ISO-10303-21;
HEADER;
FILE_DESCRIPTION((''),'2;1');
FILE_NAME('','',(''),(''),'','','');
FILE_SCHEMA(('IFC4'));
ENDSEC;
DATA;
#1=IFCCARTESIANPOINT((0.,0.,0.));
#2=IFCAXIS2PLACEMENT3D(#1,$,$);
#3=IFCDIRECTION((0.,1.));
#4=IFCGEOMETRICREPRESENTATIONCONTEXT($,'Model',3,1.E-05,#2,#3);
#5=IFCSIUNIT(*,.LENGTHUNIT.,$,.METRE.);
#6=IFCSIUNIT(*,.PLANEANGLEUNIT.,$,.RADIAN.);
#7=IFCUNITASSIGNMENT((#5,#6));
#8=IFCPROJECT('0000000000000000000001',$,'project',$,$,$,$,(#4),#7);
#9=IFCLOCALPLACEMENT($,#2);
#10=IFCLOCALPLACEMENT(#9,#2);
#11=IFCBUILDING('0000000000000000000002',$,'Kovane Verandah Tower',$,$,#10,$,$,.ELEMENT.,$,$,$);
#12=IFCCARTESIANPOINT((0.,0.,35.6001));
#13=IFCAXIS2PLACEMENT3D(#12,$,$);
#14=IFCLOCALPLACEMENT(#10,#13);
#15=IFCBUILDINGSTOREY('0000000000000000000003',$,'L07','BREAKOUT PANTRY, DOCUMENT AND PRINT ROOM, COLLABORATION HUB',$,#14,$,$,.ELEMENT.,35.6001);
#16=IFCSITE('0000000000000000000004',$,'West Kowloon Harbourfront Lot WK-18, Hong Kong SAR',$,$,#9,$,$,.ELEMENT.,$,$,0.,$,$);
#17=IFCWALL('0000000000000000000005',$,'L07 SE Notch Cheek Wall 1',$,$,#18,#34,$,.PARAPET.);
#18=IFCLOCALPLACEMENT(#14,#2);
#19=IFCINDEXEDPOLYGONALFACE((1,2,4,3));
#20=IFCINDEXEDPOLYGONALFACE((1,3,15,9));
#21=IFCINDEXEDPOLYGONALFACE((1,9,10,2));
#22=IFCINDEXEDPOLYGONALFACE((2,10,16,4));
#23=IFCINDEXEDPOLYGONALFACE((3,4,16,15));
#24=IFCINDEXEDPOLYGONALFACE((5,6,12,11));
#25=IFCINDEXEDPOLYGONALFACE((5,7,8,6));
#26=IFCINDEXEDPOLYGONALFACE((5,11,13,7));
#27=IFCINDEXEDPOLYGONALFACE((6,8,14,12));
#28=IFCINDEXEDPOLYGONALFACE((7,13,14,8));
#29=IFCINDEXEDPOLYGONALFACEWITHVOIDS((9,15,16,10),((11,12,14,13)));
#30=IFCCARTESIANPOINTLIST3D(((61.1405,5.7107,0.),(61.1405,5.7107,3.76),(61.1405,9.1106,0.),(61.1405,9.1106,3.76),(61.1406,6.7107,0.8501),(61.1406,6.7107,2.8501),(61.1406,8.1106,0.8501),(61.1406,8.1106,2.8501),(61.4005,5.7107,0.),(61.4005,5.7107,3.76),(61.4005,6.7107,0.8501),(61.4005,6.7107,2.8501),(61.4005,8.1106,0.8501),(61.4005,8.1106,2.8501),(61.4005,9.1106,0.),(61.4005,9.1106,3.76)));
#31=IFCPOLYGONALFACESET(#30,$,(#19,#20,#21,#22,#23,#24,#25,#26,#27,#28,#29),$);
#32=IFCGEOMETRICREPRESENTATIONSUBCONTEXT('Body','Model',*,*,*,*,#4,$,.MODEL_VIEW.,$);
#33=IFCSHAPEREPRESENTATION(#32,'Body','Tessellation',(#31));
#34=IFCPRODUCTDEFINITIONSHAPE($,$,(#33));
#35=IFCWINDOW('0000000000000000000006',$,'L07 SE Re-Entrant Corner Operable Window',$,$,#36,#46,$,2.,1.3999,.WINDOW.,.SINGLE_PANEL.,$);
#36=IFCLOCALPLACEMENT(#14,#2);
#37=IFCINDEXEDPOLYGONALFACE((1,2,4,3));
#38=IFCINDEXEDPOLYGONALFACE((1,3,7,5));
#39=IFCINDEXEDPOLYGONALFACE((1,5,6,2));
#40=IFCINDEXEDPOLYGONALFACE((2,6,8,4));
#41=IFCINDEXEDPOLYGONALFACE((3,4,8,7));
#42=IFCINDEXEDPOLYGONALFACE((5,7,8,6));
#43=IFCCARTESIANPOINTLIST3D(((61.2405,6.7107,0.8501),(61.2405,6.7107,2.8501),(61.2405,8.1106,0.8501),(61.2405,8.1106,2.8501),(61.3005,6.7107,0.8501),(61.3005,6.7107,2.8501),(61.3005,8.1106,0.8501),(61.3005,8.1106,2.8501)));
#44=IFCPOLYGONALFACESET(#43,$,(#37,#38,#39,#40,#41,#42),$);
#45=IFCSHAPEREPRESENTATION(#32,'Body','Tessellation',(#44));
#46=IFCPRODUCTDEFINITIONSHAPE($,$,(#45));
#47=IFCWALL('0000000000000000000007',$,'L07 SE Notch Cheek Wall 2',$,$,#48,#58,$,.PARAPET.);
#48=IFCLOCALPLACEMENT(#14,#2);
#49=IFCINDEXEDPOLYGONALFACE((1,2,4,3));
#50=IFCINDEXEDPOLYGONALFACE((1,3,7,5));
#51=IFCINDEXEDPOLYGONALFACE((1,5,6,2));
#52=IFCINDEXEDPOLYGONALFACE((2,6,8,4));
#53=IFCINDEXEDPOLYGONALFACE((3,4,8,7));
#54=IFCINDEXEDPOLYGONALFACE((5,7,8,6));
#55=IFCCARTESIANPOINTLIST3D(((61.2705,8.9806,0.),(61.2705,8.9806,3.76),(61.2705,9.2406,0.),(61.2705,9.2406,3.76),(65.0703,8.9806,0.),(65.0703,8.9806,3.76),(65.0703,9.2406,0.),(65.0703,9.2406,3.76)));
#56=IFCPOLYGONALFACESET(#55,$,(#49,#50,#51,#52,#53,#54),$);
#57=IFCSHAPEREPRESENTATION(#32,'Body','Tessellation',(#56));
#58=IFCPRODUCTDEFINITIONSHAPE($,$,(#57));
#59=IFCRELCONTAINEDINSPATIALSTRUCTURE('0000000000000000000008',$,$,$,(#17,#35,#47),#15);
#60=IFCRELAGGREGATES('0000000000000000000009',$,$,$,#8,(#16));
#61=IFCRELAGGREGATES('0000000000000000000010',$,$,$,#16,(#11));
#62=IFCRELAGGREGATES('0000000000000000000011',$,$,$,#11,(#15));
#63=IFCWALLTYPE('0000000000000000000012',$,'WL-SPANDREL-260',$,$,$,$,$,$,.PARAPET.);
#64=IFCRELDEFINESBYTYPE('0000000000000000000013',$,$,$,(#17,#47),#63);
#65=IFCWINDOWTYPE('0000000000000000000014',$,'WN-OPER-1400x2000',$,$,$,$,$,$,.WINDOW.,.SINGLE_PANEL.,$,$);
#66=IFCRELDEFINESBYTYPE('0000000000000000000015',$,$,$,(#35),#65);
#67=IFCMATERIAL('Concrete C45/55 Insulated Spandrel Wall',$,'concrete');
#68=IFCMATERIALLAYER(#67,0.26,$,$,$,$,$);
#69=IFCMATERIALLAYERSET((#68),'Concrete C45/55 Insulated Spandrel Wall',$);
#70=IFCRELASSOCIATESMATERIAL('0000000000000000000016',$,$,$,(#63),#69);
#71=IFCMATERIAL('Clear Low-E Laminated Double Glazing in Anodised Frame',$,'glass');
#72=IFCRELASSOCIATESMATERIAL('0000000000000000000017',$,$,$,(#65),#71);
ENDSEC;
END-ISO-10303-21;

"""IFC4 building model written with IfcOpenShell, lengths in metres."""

from ifc_helpers import new_model, si_unit, direction, frame, frame_2d, origin, place, context, subcontext, project, spatial, rectangle, extrude, material, layer, layer_set, type_object, element, fill, save


model = new_model("IFC4")

# Units and contexts
model_context = context("Model", 3, precision=1e-05, world=origin(), true_north=direction((0.0, 1.0)))
body_context = subcontext(model_context, "Body", "Model", "MODEL_VIEW")
ifc_project = project(units=[si_unit("LENGTHUNIT", "METRE"), si_unit("PLANEANGLEUNIT", "RADIAN")], contexts=[model_context])

# Site, building, storey
site_placement = place(None, origin())
site = spatial("IfcSite", under=ifc_project, at=site_placement, Name="West Kowloon Harbourfront Lot WK-18, Hong Kong SAR", CompositionType="ELEMENT", RefElevation=0.0)
building_placement = place(site_placement, origin())
building = spatial("IfcBuilding", under=site, at=building_placement, Name="Kovane Verandah Tower", CompositionType="ELEMENT")
storey_placement = place(building_placement, frame((0.0, 0.0, 35.6001)))
storey = spatial("IfcBuildingStorey", under=building, at=storey_placement, Name="L07", Description="BREAKOUT PANTRY, DOCUMENT AND PRINT ROOM, COLLABORATION HUB", CompositionType="ELEMENT", Elevation=35.6001)

# Shared definitions
ifc_material_1 = material(Name="Concrete C45/55 Insulated Spandrel Wall", Category="concrete")
ifc_layer_1 = layer(ifc_material_1, 0.26)
ifc_layer_set_1 = layer_set([ifc_layer_1], Name="Concrete C45/55 Insulated Spandrel Wall")
wall_type_1 = type_object("IfcWallType", Name="WL-SPANDREL-260", PredefinedType="PARAPET", material=ifc_layer_set_1)
ifc_material_2 = material(Name="Clear Low-E Laminated Double Glazing in Anodised Frame", Category="glass")

# Wall, opening, window
wall_1_placement = place(storey_placement, frame((61.2705, 5.7107, 0.0), z_axis=(0.0, 0.0, 1.0), x_axis=(0.0, 1.0, 0.0)))
wall_1 = element("IfcWall", 1, at=wall_1_placement, inside=storey, type_object=wall_type_1, Name="L07 SE Notch Cheek Wall 1", PredefinedType="PARAPET", context=body_context, shape_type="SweptSolid", body=[
    extrude(rectangle(XDim=3.3999, YDim=0.26, at=frame_2d((1.7, 0.0))), origin(), (0.0, 0.0, 1.0), 3.76),
])
opening_1_placement = place(wall_1_placement, frame((1.0, 0.0, 0.8501)))
opening_1 = element("IfcOpeningElement", 2, at=opening_1_placement, cuts=wall_1, PredefinedType="OPENING", context=body_context, shape_type="SweptSolid", body=[
    extrude(rectangle(XDim=1.3999, YDim=2.0, at=frame_2d((0.7, 1.0))), frame((0.0, 0.1299, 0.0), z_axis=(0.0, -1.0, 0.0), x_axis=(1.0, 0.0, 0.0)), (0.0, 0.0, 1.0), 0.26),
])
window_type_1 = type_object("IfcWindowType", Name="WN-OPER-1400x2000", PartitioningType="SINGLE_PANEL", PredefinedType="WINDOW", material=ifc_material_2)
window_1_placement = place(opening_1_placement, origin())
window_1 = element("IfcWindow", 3, at=window_1_placement, inside=storey, type_object=window_type_1, Name="L07 SE Re-Entrant Corner Operable Window", OverallHeight=2.0, OverallWidth=1.3999, PartitioningType="SINGLE_PANEL", PredefinedType="WINDOW", context=body_context, shape_type="SweptSolid", body=[
    extrude(rectangle(XDim=1.3999, YDim=2.0, at=frame_2d((0.7, 1.0))), frame((0.0, 0.03, 0.0), z_axis=(0.0, -1.0, 0.0), x_axis=(1.0, 0.0, 0.0)), (0.0, 0.0, 1.0), 0.0601),
])
fill(opening_1, window_1)

# Wall
wall_2_placement = place(storey_placement, frame((61.2705, 9.1106, 0.0), z_axis=(0.0, 0.0, 1.0), x_axis=(1.0, 0.0, 0.0)))
element("IfcWall", 4, at=wall_2_placement, inside=storey, type_object=wall_type_1, Name="L07 SE Notch Cheek Wall 2", PredefinedType="PARAPET", context=body_context, shape_type="SweptSolid", body=[
    extrude(rectangle(XDim=3.7998, YDim=0.26, at=frame_2d((1.8999, 0.0))), origin(), (0.0, 0.0, 1.0), 3.76),
])

save(model, "model.ifc")
